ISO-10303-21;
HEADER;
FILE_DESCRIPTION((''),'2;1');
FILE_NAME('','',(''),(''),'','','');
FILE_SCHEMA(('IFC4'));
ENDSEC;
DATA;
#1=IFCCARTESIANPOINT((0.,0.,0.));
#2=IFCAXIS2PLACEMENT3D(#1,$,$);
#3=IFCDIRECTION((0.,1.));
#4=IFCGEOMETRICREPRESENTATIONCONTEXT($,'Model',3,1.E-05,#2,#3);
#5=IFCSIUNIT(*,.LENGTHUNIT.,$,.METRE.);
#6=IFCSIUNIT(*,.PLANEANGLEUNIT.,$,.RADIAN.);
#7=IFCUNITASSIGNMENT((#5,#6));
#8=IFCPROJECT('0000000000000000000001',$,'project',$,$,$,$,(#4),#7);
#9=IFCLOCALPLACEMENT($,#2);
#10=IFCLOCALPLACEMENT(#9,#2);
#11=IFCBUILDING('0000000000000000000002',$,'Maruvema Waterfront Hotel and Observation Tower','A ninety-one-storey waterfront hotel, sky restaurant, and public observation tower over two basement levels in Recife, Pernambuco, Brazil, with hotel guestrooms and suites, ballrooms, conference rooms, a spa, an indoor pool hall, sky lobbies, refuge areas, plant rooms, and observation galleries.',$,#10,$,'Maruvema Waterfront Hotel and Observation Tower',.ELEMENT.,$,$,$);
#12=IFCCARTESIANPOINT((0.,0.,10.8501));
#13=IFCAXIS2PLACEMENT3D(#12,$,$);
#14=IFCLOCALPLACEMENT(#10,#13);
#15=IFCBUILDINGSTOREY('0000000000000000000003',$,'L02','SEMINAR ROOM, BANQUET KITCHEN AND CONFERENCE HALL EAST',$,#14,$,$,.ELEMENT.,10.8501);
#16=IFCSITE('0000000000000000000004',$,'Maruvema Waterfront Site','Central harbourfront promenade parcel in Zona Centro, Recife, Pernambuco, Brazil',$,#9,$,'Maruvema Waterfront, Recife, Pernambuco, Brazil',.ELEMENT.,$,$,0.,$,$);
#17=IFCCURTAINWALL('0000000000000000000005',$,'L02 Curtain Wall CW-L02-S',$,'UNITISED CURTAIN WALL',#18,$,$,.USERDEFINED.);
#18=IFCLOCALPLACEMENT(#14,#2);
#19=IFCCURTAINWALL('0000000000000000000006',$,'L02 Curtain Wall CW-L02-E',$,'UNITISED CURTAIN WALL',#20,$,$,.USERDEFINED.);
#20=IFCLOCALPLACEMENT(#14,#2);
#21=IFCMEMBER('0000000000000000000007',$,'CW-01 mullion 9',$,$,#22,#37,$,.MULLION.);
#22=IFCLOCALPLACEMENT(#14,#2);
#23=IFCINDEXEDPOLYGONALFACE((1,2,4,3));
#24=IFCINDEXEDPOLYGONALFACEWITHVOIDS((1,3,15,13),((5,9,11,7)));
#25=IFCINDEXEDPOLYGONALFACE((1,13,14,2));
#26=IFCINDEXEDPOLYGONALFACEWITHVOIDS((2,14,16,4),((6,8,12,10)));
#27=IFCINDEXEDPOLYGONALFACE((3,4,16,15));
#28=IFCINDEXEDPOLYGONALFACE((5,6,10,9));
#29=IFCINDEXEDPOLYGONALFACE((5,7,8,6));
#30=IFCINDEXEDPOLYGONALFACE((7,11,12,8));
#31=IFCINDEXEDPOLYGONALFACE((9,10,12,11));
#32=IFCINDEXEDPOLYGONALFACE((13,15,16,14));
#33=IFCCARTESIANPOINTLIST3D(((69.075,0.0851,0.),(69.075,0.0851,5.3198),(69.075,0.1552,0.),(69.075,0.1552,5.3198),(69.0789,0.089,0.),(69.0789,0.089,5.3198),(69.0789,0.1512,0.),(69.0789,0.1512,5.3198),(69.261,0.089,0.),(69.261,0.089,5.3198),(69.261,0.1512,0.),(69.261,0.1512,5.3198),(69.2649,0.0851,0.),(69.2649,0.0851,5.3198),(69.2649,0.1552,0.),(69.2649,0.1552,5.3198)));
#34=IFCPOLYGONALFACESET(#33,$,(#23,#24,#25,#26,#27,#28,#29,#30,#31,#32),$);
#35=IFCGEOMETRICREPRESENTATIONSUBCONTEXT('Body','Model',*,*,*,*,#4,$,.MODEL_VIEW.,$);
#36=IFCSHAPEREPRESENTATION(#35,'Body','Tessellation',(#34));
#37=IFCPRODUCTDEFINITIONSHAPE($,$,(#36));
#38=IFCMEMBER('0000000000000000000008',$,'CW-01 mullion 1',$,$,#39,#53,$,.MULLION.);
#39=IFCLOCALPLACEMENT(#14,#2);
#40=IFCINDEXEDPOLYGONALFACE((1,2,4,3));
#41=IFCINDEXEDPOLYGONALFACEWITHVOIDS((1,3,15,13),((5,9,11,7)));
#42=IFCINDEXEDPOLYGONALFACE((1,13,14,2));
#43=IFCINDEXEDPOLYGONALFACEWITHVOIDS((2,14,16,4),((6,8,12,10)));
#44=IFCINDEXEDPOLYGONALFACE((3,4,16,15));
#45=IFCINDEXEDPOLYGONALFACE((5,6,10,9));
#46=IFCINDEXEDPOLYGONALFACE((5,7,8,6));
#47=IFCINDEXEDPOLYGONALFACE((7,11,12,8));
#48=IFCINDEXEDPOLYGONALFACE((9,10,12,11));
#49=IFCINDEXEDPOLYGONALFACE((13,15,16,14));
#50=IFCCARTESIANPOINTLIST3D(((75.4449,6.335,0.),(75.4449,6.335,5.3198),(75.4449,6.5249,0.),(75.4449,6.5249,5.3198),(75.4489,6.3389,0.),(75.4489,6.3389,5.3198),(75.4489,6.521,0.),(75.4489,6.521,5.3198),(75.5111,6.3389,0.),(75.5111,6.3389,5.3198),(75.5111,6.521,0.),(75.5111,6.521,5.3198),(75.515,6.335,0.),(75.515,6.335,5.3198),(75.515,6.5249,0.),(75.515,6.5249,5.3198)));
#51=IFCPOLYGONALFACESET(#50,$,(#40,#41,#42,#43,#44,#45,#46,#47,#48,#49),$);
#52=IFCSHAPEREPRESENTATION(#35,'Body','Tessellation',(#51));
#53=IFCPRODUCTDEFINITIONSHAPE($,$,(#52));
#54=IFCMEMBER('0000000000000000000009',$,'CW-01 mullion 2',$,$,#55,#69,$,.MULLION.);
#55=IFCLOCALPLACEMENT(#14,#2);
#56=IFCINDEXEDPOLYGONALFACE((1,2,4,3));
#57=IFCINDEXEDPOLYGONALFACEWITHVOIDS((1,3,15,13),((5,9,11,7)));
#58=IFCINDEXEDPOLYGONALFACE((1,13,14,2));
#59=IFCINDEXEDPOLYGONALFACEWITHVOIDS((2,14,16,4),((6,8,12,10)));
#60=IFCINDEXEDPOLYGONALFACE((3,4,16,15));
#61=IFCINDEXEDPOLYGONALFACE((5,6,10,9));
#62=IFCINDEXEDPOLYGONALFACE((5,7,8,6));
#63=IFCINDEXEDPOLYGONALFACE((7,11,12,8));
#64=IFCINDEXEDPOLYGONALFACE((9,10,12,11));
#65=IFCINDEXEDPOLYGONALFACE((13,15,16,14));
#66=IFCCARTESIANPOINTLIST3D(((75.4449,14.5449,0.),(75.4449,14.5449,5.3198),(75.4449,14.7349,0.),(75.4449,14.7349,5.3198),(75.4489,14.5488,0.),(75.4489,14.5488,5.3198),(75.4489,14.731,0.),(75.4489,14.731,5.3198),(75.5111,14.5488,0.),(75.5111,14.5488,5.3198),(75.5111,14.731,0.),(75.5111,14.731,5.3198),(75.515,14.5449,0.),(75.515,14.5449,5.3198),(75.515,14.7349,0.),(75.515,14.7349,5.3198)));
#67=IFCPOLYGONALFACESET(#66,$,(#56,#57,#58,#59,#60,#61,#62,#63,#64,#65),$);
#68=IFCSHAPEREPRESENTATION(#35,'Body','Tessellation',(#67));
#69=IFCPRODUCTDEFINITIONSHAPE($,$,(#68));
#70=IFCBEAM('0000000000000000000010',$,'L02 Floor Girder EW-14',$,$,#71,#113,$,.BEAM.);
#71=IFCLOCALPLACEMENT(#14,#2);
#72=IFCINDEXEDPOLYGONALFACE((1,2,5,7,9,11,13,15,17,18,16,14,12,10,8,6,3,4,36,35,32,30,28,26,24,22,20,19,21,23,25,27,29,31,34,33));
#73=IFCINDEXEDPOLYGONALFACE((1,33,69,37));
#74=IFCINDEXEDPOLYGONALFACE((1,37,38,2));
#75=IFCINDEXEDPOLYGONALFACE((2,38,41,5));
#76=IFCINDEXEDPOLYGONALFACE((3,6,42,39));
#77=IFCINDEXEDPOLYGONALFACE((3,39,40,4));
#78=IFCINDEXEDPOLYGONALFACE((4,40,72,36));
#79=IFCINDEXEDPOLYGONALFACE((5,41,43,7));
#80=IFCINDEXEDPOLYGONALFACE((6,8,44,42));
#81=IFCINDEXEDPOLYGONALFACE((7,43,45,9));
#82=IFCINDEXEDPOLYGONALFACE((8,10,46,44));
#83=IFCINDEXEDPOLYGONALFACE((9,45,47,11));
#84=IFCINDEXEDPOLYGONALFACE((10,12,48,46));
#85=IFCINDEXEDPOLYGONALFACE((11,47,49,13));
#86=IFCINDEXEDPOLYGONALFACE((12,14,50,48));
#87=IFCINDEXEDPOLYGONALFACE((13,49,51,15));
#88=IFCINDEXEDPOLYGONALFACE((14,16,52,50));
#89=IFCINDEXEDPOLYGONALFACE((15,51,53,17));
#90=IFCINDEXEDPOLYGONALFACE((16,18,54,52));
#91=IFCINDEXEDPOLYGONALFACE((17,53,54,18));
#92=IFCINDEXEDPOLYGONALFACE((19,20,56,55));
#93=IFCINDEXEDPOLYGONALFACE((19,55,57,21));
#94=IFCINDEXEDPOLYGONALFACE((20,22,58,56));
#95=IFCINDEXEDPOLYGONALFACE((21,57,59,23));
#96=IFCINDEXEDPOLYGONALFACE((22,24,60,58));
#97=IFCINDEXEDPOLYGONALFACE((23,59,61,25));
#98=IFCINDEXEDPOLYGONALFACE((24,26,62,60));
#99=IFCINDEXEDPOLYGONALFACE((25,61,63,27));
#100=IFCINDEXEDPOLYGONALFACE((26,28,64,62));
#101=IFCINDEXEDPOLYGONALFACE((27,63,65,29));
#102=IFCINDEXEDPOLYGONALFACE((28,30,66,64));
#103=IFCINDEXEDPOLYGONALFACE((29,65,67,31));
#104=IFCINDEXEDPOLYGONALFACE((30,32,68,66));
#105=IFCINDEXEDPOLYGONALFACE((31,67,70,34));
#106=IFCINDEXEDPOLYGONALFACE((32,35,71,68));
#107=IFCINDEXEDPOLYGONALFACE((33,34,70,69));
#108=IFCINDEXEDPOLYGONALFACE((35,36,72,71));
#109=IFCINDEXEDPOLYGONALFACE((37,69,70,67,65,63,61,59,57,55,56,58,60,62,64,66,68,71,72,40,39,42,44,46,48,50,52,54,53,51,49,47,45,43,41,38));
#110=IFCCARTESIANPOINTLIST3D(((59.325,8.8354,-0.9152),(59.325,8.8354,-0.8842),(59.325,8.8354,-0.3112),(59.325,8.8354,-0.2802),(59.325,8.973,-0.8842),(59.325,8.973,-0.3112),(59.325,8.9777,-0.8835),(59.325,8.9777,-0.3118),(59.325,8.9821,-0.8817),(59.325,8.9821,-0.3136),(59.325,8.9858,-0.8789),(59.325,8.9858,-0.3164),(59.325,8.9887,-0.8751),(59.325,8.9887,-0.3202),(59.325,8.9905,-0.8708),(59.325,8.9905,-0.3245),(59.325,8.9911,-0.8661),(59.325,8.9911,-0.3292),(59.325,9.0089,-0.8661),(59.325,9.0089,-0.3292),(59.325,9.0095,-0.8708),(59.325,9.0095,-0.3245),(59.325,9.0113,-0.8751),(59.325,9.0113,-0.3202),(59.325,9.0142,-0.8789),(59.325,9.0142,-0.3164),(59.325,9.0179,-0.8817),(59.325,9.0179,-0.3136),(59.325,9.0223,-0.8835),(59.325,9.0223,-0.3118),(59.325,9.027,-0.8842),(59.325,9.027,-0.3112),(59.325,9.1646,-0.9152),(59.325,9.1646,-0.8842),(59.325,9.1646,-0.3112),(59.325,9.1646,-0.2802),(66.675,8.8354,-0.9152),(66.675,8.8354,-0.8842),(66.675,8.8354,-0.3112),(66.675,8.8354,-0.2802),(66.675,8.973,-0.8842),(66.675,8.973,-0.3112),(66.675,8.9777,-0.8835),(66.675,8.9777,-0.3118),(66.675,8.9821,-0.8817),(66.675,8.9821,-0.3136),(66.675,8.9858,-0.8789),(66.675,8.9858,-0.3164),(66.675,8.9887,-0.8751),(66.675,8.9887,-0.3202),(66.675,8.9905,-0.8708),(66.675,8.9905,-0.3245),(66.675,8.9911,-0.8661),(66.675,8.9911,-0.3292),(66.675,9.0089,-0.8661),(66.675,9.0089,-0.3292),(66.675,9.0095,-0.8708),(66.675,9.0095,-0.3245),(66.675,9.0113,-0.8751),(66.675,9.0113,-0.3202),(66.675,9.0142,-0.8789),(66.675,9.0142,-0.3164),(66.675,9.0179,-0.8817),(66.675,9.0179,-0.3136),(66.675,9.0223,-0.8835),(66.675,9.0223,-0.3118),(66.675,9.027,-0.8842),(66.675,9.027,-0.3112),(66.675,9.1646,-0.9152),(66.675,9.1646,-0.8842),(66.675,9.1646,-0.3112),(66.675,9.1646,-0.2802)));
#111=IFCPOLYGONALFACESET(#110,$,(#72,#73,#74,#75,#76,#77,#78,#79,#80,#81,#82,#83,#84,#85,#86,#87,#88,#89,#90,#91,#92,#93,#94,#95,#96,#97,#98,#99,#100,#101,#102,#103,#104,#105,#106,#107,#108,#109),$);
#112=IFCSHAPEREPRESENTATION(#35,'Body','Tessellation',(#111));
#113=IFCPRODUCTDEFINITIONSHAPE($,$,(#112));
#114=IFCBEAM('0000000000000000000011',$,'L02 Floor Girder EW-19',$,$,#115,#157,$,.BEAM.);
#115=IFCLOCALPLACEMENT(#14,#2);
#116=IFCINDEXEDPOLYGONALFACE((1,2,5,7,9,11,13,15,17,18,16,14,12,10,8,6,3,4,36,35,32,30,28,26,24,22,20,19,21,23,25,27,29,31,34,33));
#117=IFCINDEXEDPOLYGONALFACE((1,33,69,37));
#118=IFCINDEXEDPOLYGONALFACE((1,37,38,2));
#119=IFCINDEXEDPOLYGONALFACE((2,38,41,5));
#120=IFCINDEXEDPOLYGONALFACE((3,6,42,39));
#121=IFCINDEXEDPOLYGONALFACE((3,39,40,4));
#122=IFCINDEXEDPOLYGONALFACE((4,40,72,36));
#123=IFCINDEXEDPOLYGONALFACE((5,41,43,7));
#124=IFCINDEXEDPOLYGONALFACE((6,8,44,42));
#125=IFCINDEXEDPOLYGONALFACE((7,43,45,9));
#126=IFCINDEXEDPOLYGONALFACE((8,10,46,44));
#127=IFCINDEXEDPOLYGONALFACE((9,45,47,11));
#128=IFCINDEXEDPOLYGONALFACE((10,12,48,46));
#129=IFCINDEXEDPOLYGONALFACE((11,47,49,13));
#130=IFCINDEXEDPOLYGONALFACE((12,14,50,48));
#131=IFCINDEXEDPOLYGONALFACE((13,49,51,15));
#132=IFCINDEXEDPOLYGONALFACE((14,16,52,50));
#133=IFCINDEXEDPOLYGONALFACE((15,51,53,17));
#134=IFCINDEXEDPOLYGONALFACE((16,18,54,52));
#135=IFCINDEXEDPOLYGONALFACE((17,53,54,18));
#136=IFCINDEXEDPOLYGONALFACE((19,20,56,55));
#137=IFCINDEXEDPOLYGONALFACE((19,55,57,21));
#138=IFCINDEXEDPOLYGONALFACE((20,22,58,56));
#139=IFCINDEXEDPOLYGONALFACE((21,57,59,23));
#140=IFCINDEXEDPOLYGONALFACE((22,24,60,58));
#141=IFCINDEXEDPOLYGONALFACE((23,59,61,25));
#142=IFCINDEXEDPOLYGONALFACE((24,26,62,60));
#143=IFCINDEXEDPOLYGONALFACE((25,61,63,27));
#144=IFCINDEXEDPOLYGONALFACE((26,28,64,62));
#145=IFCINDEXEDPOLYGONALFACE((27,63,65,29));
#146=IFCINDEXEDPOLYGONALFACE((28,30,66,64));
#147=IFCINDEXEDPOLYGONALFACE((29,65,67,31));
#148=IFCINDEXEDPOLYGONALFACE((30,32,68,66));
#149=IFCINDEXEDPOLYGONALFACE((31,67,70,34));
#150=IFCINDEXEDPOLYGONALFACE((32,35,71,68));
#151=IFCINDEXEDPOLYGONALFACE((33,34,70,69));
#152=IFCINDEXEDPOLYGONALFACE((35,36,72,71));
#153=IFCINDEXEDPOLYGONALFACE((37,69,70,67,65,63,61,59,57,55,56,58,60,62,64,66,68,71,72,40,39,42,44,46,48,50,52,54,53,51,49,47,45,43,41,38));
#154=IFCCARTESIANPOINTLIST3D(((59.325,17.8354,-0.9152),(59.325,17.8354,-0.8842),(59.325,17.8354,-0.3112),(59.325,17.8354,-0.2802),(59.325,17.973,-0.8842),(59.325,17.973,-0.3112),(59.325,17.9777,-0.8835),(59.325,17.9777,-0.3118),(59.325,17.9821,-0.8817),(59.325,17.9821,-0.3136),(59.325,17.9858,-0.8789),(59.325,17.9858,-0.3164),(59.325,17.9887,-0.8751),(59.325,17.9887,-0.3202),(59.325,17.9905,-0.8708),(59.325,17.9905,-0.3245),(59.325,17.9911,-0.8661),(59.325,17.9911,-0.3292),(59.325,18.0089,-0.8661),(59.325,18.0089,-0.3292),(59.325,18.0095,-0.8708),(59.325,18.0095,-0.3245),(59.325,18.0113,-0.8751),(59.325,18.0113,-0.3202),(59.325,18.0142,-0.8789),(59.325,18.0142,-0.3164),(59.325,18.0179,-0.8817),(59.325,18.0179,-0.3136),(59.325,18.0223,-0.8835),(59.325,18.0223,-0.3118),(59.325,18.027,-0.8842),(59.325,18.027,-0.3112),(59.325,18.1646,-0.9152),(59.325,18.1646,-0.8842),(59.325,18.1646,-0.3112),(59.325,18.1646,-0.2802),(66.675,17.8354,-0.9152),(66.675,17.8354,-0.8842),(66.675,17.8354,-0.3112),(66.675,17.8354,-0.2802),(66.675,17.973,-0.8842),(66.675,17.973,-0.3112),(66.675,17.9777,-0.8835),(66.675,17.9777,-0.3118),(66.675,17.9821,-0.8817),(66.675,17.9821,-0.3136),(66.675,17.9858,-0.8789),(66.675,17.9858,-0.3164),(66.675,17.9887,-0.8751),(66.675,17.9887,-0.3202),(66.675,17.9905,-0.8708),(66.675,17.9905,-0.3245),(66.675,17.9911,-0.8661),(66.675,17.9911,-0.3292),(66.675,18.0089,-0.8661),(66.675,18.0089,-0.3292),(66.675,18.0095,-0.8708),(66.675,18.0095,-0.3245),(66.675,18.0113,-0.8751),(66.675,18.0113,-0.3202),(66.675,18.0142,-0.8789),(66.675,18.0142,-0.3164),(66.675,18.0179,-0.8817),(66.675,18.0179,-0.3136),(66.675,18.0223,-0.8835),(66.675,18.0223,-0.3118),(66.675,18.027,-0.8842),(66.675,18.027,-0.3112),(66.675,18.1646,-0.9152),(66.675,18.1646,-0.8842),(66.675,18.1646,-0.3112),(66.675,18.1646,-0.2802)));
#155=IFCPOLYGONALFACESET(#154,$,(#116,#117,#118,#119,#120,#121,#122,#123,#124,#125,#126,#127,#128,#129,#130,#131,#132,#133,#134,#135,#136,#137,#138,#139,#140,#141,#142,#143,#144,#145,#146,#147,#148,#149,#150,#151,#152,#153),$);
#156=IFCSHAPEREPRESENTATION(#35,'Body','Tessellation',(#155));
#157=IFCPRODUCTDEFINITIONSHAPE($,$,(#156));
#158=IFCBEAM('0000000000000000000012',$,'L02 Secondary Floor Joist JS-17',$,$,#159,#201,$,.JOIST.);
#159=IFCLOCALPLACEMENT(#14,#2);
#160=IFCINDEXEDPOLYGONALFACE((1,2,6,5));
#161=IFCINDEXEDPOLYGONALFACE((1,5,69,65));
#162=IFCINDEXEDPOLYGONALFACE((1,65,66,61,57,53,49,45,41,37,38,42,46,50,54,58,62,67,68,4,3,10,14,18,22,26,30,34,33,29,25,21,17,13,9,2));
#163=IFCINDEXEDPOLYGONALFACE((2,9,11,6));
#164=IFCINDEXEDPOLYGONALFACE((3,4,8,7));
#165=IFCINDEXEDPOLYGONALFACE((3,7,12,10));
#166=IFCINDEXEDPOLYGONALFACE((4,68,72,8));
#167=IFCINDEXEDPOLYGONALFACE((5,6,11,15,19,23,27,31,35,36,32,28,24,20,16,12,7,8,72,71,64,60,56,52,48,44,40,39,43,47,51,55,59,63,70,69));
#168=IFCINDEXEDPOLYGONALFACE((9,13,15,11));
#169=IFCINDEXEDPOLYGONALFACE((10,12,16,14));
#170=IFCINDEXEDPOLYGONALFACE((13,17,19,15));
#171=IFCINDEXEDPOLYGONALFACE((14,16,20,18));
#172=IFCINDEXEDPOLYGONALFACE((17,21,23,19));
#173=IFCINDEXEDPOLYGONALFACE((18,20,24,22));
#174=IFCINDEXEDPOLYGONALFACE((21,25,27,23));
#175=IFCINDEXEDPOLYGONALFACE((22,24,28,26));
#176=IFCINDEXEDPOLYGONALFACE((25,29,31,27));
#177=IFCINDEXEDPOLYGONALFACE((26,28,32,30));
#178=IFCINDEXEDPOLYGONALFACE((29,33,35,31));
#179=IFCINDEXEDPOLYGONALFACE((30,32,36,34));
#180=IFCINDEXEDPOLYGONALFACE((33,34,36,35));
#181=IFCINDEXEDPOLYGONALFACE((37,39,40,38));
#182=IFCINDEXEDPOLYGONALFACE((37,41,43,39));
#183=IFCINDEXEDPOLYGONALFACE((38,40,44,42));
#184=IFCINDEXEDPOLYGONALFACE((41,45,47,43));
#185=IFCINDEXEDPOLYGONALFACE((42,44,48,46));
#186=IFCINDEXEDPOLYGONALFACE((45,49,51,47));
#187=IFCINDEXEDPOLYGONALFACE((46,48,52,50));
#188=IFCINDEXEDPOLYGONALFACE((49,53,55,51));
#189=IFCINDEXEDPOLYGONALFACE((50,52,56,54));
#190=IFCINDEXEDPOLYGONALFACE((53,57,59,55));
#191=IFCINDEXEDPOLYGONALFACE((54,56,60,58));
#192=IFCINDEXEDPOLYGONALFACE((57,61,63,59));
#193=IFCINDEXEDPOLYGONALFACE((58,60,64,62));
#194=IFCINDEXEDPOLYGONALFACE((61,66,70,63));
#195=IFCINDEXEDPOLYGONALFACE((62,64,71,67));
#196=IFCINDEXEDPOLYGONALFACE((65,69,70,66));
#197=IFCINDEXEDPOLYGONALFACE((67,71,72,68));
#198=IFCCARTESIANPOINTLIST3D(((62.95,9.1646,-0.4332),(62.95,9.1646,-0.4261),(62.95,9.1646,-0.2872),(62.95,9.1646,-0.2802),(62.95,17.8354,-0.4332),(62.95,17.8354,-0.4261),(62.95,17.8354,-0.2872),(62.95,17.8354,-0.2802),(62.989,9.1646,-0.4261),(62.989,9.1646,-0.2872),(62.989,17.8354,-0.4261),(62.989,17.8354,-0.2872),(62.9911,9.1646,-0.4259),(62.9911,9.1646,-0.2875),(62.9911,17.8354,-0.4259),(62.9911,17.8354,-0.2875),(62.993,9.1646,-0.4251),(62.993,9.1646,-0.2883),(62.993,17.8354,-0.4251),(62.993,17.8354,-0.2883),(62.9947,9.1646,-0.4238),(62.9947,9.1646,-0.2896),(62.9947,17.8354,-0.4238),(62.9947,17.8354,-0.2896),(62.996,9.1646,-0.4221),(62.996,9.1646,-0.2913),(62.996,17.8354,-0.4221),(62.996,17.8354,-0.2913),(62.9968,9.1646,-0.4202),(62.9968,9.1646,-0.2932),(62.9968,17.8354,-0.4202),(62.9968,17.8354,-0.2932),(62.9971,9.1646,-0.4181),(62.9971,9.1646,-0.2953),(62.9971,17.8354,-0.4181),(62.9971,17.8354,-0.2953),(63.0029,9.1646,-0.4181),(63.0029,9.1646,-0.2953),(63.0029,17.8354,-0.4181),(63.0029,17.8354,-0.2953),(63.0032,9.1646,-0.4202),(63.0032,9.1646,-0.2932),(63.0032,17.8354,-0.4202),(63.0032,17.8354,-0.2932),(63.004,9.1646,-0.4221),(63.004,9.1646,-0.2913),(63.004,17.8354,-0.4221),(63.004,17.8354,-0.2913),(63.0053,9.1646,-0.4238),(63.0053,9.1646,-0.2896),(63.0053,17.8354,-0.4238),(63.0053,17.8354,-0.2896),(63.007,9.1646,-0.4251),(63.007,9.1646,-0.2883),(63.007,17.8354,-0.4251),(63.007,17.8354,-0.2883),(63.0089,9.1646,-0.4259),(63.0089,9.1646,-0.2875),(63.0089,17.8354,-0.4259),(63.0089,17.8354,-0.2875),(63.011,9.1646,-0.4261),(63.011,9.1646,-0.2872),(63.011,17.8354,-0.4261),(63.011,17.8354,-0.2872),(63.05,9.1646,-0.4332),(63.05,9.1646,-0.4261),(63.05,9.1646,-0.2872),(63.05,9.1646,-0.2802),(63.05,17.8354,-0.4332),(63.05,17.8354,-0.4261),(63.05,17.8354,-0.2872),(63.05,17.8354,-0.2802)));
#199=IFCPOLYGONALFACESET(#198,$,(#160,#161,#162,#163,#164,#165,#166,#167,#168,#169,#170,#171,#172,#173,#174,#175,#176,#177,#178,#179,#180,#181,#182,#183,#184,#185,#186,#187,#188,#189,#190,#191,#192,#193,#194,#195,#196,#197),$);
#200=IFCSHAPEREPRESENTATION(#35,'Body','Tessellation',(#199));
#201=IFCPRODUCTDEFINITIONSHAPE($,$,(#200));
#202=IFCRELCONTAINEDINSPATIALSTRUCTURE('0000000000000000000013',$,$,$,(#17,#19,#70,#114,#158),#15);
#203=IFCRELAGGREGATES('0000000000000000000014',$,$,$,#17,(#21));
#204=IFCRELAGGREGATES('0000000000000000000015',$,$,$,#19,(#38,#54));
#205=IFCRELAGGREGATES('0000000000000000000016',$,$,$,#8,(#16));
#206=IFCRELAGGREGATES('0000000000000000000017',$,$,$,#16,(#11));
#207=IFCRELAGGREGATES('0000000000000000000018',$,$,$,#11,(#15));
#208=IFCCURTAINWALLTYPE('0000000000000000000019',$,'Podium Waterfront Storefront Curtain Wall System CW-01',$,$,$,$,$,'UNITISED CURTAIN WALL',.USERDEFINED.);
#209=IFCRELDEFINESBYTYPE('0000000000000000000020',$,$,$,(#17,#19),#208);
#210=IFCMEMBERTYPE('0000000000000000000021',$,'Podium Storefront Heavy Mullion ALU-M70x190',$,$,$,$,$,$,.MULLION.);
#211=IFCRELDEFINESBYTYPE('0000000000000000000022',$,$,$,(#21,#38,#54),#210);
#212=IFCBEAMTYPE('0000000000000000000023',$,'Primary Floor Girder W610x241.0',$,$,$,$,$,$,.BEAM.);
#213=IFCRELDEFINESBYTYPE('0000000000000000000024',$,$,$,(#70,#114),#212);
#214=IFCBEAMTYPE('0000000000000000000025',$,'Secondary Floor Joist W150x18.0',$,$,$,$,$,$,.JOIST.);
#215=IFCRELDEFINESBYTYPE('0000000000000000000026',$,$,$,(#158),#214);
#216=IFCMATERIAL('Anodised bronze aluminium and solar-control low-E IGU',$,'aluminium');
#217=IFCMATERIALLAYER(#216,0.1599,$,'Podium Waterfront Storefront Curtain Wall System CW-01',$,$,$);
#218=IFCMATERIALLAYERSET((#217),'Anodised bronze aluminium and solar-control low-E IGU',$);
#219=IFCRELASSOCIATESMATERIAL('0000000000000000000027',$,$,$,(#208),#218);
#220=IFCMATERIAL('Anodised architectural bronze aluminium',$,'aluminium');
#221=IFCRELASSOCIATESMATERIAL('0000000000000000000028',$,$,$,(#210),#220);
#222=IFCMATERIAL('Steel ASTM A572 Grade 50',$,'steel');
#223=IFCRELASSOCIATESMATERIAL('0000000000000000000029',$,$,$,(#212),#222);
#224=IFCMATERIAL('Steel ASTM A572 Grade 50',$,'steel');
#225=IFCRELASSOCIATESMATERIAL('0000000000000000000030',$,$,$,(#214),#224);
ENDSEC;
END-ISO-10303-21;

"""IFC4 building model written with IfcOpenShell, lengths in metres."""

from ifc_helpers import new_model, si_unit, direction, frame, origin, origin_2d, place, context, subcontext, project, spatial, hollow_rectangle, i_section, extrude, material, layer, layer_set, material_profile, profile_set, type_object, element, aggregate, save


model = new_model("IFC4")

# Units and contexts
model_context = context("Model", 3, precision=1e-05, world=origin(), true_north=direction((0.0, 1.0)))
body_context = subcontext(model_context, "Body", "Model", "MODEL_VIEW")
ifc_project = project(units=[si_unit("LENGTHUNIT", "METRE"), si_unit("PLANEANGLEUNIT", "RADIAN")], contexts=[model_context])

# Site, building, storey
site_placement = place(None, origin())
site = spatial("IfcSite", under=ifc_project, at=site_placement, Name="Maruvema Waterfront Site", Description="Central harbourfront promenade parcel in Zona Centro, Recife, Pernambuco, Brazil", LongName="Maruvema Waterfront, Recife, Pernambuco, Brazil", CompositionType="ELEMENT", RefElevation=0.0)
building_placement = place(site_placement, origin())
building = spatial("IfcBuilding", under=site, at=building_placement, Name="Maruvema Waterfront Hotel and Observation Tower", Description="A ninety-one-storey waterfront hotel, sky restaurant, and public observation tower over two basement levels in Recife, Pernambuco, Brazil, with hotel guestrooms and suites, ballrooms, conference rooms, a spa, an indoor pool hall, sky lobbies, refuge areas, plant rooms, and observation galleries.", LongName="Maruvema Waterfront Hotel and Observation Tower", CompositionType="ELEMENT")
storey_placement = place(building_placement, frame((0.0, 0.0, 10.8501)))
storey = spatial("IfcBuildingStorey", under=building, at=storey_placement, Name="L02", Description="SEMINAR ROOM, BANQUET KITCHEN AND CONFERENCE HALL EAST", CompositionType="ELEMENT", Elevation=10.8501)

# Curtain walls
ifc_material_1 = material(Name="Anodised bronze aluminium and solar-control low-E IGU", Category="aluminium")
ifc_layer_1 = layer(ifc_material_1, 0.1599, Name="Podium Waterfront Storefront Curtain Wall System CW-01")
ifc_layer_set_1 = layer_set([ifc_layer_1], Name="Anodised bronze aluminium and solar-control low-E IGU")
curtain_wall_type = type_object("IfcCurtainWallType", Name="Podium Waterfront Storefront Curtain Wall System CW-01", ElementType="UNITISED CURTAIN WALL", PredefinedType="USERDEFINED", material=ifc_layer_set_1)
curtain_wall_1_placement = place(storey_placement, origin())
curtain_wall_1 = element("IfcCurtainWall", 1, at=curtain_wall_1_placement, inside=storey, type_object=curtain_wall_type, Name="L02 Curtain Wall CW-L02-S", ObjectType="UNITISED CURTAIN WALL", PredefinedType="USERDEFINED")
curtain_wall_2_placement = place(storey_placement, origin())
curtain_wall_2 = element("IfcCurtainWall", 2, at=curtain_wall_2_placement, inside=storey, type_object=curtain_wall_type, Name="L02 Curtain Wall CW-L02-E", ObjectType="UNITISED CURTAIN WALL", PredefinedType="USERDEFINED")

# Members
ifc_material_2 = material(Name="Anodised architectural bronze aluminium", Category="aluminium")
ifc_material_profile_1 = material_profile(ifc_material_2, hollow_rectangle(XDim=0.0701, YDim=0.1899, WallThickness=0.0039, at=origin_2d()), Name="ALU-M70x190")
ifc_profile_set_1 = profile_set([ifc_material_profile_1], Name="Anodised architectural bronze aluminium")
member_type_1 = type_object("IfcMemberType", Name="Podium Storefront Heavy Mullion ALU-M70x190", PredefinedType="MULLION", material=ifc_profile_set_1)
member_1_placement = place(storey_placement, frame((69.1699, 0.1201, 0.0), z_axis=(0.0, 0.0, 1.0), x_axis=(0.0, 1.0, 0.0)))
member_1 = element("IfcMember", 3, at=member_1_placement, type_object=member_type_1, Name="CW-01 mullion 9", PredefinedType="MULLION", context=body_context, shape_type="SweptSolid", body=[
    extrude(hollow_rectangle(XDim=0.0701, YDim=0.1899, WallThickness=0.0039, at=origin_2d()), origin(), (0.0, 0.0, 1.0), 5.3198),
])
member_2_placement = place(storey_placement, frame((75.48, 6.4299, 0.0), z_axis=(0.0, 0.0, 1.0), x_axis=(-1.0, 0.0, 0.0)))
member_2 = element("IfcMember", 4, at=member_2_placement, type_object=member_type_1, Name="CW-01 mullion 1", PredefinedType="MULLION", context=body_context, shape_type="SweptSolid", body=[
    extrude(hollow_rectangle(XDim=0.0701, YDim=0.1899, WallThickness=0.0039, at=origin_2d()), origin(), (0.0, 0.0, 1.0), 5.3198),
])
member_3_placement = place(storey_placement, frame((75.48, 14.6399, 0.0), z_axis=(0.0, 0.0, 1.0), x_axis=(-1.0, 0.0, 0.0)))
member_3 = element("IfcMember", 5, at=member_3_placement, type_object=member_type_1, Name="CW-01 mullion 2", PredefinedType="MULLION", context=body_context, shape_type="SweptSolid", body=[
    extrude(hollow_rectangle(XDim=0.0701, YDim=0.1899, WallThickness=0.0039, at=origin_2d()), origin(), (0.0, 0.0, 1.0), 5.3198),
])

# Beams
ifc_material_3 = material(Name="Steel ASTM A572 Grade 50", Category="steel")
ifc_material_profile_2 = material_profile(ifc_material_3, i_section(OverallWidth=0.3291, OverallDepth=0.635, WebThickness=0.0178, FlangeThickness=0.031, FilletRadius=0.0181, at=origin_2d()), Name="W610x241.0")
ifc_profile_set_2 = profile_set([ifc_material_profile_2], Name="Steel ASTM A572 Grade 50")
beam_type_1 = type_object("IfcBeamType", Name="Primary Floor Girder W610x241.0", PredefinedType="BEAM", material=ifc_profile_set_2)
for number, where, z_axis, x_axis, name in (
    (6, (59.325, 9.0, -0.5977), (1.0, 0.0, 0.0), (0.0, 1.0, 0.0), "L02 Floor Girder EW-14"),
    (7, (59.325, 18.0, -0.5977), (1.0, 0.0, 0.0), (0.0, 1.0, 0.0), "L02 Floor Girder EW-19"),
):
    element("IfcBeam", number, at=place(storey_placement, frame(where, z_axis=z_axis, x_axis=x_axis)), inside=storey, type_object=beam_type_1, Name=name, PredefinedType="BEAM", context=body_context, shape_type="SweptSolid", body=[
        extrude(i_section(OverallWidth=0.3291, OverallDepth=0.635, WebThickness=0.0178, FlangeThickness=0.031, FilletRadius=0.0181, at=origin_2d()), origin(), (0.0, 0.0, 1.0), 7.3501),
    ])
ifc_material_4 = material(Name="Steel ASTM A572 Grade 50", Category="steel")
ifc_material_profile_3 = material_profile(ifc_material_4, i_section(OverallWidth=0.1001, OverallDepth=0.1531, WebThickness=0.0059, FlangeThickness=0.0071, FilletRadius=0.0081, at=origin_2d()), Name="W150x18.0")
ifc_profile_set_3 = profile_set([ifc_material_profile_3], Name="Steel ASTM A572 Grade 50")
beam_type_2 = type_object("IfcBeamType", Name="Secondary Floor Joist W150x18.0", PredefinedType="JOIST", material=ifc_profile_set_3)
beam_1_placement = place(storey_placement, frame((63.0, 9.1646, -0.3567), z_axis=(0.0, 1.0, 0.0), x_axis=(-1.0, 0.0, 0.0)))
element("IfcBeam", 8, at=beam_1_placement, inside=storey, type_object=beam_type_2, Name="L02 Secondary Floor Joist JS-17", PredefinedType="JOIST", context=body_context, shape_type="SweptSolid", body=[
    extrude(i_section(OverallWidth=0.1001, OverallDepth=0.1531, WebThickness=0.0059, FlangeThickness=0.0071, FilletRadius=0.0081, at=origin_2d()), origin(), (0.0, 0.0, 1.0), 8.6709),
])

aggregate(curtain_wall_1, [member_1])
aggregate(curtain_wall_2, [member_2, member_3])

save(model, "model.ifc")
